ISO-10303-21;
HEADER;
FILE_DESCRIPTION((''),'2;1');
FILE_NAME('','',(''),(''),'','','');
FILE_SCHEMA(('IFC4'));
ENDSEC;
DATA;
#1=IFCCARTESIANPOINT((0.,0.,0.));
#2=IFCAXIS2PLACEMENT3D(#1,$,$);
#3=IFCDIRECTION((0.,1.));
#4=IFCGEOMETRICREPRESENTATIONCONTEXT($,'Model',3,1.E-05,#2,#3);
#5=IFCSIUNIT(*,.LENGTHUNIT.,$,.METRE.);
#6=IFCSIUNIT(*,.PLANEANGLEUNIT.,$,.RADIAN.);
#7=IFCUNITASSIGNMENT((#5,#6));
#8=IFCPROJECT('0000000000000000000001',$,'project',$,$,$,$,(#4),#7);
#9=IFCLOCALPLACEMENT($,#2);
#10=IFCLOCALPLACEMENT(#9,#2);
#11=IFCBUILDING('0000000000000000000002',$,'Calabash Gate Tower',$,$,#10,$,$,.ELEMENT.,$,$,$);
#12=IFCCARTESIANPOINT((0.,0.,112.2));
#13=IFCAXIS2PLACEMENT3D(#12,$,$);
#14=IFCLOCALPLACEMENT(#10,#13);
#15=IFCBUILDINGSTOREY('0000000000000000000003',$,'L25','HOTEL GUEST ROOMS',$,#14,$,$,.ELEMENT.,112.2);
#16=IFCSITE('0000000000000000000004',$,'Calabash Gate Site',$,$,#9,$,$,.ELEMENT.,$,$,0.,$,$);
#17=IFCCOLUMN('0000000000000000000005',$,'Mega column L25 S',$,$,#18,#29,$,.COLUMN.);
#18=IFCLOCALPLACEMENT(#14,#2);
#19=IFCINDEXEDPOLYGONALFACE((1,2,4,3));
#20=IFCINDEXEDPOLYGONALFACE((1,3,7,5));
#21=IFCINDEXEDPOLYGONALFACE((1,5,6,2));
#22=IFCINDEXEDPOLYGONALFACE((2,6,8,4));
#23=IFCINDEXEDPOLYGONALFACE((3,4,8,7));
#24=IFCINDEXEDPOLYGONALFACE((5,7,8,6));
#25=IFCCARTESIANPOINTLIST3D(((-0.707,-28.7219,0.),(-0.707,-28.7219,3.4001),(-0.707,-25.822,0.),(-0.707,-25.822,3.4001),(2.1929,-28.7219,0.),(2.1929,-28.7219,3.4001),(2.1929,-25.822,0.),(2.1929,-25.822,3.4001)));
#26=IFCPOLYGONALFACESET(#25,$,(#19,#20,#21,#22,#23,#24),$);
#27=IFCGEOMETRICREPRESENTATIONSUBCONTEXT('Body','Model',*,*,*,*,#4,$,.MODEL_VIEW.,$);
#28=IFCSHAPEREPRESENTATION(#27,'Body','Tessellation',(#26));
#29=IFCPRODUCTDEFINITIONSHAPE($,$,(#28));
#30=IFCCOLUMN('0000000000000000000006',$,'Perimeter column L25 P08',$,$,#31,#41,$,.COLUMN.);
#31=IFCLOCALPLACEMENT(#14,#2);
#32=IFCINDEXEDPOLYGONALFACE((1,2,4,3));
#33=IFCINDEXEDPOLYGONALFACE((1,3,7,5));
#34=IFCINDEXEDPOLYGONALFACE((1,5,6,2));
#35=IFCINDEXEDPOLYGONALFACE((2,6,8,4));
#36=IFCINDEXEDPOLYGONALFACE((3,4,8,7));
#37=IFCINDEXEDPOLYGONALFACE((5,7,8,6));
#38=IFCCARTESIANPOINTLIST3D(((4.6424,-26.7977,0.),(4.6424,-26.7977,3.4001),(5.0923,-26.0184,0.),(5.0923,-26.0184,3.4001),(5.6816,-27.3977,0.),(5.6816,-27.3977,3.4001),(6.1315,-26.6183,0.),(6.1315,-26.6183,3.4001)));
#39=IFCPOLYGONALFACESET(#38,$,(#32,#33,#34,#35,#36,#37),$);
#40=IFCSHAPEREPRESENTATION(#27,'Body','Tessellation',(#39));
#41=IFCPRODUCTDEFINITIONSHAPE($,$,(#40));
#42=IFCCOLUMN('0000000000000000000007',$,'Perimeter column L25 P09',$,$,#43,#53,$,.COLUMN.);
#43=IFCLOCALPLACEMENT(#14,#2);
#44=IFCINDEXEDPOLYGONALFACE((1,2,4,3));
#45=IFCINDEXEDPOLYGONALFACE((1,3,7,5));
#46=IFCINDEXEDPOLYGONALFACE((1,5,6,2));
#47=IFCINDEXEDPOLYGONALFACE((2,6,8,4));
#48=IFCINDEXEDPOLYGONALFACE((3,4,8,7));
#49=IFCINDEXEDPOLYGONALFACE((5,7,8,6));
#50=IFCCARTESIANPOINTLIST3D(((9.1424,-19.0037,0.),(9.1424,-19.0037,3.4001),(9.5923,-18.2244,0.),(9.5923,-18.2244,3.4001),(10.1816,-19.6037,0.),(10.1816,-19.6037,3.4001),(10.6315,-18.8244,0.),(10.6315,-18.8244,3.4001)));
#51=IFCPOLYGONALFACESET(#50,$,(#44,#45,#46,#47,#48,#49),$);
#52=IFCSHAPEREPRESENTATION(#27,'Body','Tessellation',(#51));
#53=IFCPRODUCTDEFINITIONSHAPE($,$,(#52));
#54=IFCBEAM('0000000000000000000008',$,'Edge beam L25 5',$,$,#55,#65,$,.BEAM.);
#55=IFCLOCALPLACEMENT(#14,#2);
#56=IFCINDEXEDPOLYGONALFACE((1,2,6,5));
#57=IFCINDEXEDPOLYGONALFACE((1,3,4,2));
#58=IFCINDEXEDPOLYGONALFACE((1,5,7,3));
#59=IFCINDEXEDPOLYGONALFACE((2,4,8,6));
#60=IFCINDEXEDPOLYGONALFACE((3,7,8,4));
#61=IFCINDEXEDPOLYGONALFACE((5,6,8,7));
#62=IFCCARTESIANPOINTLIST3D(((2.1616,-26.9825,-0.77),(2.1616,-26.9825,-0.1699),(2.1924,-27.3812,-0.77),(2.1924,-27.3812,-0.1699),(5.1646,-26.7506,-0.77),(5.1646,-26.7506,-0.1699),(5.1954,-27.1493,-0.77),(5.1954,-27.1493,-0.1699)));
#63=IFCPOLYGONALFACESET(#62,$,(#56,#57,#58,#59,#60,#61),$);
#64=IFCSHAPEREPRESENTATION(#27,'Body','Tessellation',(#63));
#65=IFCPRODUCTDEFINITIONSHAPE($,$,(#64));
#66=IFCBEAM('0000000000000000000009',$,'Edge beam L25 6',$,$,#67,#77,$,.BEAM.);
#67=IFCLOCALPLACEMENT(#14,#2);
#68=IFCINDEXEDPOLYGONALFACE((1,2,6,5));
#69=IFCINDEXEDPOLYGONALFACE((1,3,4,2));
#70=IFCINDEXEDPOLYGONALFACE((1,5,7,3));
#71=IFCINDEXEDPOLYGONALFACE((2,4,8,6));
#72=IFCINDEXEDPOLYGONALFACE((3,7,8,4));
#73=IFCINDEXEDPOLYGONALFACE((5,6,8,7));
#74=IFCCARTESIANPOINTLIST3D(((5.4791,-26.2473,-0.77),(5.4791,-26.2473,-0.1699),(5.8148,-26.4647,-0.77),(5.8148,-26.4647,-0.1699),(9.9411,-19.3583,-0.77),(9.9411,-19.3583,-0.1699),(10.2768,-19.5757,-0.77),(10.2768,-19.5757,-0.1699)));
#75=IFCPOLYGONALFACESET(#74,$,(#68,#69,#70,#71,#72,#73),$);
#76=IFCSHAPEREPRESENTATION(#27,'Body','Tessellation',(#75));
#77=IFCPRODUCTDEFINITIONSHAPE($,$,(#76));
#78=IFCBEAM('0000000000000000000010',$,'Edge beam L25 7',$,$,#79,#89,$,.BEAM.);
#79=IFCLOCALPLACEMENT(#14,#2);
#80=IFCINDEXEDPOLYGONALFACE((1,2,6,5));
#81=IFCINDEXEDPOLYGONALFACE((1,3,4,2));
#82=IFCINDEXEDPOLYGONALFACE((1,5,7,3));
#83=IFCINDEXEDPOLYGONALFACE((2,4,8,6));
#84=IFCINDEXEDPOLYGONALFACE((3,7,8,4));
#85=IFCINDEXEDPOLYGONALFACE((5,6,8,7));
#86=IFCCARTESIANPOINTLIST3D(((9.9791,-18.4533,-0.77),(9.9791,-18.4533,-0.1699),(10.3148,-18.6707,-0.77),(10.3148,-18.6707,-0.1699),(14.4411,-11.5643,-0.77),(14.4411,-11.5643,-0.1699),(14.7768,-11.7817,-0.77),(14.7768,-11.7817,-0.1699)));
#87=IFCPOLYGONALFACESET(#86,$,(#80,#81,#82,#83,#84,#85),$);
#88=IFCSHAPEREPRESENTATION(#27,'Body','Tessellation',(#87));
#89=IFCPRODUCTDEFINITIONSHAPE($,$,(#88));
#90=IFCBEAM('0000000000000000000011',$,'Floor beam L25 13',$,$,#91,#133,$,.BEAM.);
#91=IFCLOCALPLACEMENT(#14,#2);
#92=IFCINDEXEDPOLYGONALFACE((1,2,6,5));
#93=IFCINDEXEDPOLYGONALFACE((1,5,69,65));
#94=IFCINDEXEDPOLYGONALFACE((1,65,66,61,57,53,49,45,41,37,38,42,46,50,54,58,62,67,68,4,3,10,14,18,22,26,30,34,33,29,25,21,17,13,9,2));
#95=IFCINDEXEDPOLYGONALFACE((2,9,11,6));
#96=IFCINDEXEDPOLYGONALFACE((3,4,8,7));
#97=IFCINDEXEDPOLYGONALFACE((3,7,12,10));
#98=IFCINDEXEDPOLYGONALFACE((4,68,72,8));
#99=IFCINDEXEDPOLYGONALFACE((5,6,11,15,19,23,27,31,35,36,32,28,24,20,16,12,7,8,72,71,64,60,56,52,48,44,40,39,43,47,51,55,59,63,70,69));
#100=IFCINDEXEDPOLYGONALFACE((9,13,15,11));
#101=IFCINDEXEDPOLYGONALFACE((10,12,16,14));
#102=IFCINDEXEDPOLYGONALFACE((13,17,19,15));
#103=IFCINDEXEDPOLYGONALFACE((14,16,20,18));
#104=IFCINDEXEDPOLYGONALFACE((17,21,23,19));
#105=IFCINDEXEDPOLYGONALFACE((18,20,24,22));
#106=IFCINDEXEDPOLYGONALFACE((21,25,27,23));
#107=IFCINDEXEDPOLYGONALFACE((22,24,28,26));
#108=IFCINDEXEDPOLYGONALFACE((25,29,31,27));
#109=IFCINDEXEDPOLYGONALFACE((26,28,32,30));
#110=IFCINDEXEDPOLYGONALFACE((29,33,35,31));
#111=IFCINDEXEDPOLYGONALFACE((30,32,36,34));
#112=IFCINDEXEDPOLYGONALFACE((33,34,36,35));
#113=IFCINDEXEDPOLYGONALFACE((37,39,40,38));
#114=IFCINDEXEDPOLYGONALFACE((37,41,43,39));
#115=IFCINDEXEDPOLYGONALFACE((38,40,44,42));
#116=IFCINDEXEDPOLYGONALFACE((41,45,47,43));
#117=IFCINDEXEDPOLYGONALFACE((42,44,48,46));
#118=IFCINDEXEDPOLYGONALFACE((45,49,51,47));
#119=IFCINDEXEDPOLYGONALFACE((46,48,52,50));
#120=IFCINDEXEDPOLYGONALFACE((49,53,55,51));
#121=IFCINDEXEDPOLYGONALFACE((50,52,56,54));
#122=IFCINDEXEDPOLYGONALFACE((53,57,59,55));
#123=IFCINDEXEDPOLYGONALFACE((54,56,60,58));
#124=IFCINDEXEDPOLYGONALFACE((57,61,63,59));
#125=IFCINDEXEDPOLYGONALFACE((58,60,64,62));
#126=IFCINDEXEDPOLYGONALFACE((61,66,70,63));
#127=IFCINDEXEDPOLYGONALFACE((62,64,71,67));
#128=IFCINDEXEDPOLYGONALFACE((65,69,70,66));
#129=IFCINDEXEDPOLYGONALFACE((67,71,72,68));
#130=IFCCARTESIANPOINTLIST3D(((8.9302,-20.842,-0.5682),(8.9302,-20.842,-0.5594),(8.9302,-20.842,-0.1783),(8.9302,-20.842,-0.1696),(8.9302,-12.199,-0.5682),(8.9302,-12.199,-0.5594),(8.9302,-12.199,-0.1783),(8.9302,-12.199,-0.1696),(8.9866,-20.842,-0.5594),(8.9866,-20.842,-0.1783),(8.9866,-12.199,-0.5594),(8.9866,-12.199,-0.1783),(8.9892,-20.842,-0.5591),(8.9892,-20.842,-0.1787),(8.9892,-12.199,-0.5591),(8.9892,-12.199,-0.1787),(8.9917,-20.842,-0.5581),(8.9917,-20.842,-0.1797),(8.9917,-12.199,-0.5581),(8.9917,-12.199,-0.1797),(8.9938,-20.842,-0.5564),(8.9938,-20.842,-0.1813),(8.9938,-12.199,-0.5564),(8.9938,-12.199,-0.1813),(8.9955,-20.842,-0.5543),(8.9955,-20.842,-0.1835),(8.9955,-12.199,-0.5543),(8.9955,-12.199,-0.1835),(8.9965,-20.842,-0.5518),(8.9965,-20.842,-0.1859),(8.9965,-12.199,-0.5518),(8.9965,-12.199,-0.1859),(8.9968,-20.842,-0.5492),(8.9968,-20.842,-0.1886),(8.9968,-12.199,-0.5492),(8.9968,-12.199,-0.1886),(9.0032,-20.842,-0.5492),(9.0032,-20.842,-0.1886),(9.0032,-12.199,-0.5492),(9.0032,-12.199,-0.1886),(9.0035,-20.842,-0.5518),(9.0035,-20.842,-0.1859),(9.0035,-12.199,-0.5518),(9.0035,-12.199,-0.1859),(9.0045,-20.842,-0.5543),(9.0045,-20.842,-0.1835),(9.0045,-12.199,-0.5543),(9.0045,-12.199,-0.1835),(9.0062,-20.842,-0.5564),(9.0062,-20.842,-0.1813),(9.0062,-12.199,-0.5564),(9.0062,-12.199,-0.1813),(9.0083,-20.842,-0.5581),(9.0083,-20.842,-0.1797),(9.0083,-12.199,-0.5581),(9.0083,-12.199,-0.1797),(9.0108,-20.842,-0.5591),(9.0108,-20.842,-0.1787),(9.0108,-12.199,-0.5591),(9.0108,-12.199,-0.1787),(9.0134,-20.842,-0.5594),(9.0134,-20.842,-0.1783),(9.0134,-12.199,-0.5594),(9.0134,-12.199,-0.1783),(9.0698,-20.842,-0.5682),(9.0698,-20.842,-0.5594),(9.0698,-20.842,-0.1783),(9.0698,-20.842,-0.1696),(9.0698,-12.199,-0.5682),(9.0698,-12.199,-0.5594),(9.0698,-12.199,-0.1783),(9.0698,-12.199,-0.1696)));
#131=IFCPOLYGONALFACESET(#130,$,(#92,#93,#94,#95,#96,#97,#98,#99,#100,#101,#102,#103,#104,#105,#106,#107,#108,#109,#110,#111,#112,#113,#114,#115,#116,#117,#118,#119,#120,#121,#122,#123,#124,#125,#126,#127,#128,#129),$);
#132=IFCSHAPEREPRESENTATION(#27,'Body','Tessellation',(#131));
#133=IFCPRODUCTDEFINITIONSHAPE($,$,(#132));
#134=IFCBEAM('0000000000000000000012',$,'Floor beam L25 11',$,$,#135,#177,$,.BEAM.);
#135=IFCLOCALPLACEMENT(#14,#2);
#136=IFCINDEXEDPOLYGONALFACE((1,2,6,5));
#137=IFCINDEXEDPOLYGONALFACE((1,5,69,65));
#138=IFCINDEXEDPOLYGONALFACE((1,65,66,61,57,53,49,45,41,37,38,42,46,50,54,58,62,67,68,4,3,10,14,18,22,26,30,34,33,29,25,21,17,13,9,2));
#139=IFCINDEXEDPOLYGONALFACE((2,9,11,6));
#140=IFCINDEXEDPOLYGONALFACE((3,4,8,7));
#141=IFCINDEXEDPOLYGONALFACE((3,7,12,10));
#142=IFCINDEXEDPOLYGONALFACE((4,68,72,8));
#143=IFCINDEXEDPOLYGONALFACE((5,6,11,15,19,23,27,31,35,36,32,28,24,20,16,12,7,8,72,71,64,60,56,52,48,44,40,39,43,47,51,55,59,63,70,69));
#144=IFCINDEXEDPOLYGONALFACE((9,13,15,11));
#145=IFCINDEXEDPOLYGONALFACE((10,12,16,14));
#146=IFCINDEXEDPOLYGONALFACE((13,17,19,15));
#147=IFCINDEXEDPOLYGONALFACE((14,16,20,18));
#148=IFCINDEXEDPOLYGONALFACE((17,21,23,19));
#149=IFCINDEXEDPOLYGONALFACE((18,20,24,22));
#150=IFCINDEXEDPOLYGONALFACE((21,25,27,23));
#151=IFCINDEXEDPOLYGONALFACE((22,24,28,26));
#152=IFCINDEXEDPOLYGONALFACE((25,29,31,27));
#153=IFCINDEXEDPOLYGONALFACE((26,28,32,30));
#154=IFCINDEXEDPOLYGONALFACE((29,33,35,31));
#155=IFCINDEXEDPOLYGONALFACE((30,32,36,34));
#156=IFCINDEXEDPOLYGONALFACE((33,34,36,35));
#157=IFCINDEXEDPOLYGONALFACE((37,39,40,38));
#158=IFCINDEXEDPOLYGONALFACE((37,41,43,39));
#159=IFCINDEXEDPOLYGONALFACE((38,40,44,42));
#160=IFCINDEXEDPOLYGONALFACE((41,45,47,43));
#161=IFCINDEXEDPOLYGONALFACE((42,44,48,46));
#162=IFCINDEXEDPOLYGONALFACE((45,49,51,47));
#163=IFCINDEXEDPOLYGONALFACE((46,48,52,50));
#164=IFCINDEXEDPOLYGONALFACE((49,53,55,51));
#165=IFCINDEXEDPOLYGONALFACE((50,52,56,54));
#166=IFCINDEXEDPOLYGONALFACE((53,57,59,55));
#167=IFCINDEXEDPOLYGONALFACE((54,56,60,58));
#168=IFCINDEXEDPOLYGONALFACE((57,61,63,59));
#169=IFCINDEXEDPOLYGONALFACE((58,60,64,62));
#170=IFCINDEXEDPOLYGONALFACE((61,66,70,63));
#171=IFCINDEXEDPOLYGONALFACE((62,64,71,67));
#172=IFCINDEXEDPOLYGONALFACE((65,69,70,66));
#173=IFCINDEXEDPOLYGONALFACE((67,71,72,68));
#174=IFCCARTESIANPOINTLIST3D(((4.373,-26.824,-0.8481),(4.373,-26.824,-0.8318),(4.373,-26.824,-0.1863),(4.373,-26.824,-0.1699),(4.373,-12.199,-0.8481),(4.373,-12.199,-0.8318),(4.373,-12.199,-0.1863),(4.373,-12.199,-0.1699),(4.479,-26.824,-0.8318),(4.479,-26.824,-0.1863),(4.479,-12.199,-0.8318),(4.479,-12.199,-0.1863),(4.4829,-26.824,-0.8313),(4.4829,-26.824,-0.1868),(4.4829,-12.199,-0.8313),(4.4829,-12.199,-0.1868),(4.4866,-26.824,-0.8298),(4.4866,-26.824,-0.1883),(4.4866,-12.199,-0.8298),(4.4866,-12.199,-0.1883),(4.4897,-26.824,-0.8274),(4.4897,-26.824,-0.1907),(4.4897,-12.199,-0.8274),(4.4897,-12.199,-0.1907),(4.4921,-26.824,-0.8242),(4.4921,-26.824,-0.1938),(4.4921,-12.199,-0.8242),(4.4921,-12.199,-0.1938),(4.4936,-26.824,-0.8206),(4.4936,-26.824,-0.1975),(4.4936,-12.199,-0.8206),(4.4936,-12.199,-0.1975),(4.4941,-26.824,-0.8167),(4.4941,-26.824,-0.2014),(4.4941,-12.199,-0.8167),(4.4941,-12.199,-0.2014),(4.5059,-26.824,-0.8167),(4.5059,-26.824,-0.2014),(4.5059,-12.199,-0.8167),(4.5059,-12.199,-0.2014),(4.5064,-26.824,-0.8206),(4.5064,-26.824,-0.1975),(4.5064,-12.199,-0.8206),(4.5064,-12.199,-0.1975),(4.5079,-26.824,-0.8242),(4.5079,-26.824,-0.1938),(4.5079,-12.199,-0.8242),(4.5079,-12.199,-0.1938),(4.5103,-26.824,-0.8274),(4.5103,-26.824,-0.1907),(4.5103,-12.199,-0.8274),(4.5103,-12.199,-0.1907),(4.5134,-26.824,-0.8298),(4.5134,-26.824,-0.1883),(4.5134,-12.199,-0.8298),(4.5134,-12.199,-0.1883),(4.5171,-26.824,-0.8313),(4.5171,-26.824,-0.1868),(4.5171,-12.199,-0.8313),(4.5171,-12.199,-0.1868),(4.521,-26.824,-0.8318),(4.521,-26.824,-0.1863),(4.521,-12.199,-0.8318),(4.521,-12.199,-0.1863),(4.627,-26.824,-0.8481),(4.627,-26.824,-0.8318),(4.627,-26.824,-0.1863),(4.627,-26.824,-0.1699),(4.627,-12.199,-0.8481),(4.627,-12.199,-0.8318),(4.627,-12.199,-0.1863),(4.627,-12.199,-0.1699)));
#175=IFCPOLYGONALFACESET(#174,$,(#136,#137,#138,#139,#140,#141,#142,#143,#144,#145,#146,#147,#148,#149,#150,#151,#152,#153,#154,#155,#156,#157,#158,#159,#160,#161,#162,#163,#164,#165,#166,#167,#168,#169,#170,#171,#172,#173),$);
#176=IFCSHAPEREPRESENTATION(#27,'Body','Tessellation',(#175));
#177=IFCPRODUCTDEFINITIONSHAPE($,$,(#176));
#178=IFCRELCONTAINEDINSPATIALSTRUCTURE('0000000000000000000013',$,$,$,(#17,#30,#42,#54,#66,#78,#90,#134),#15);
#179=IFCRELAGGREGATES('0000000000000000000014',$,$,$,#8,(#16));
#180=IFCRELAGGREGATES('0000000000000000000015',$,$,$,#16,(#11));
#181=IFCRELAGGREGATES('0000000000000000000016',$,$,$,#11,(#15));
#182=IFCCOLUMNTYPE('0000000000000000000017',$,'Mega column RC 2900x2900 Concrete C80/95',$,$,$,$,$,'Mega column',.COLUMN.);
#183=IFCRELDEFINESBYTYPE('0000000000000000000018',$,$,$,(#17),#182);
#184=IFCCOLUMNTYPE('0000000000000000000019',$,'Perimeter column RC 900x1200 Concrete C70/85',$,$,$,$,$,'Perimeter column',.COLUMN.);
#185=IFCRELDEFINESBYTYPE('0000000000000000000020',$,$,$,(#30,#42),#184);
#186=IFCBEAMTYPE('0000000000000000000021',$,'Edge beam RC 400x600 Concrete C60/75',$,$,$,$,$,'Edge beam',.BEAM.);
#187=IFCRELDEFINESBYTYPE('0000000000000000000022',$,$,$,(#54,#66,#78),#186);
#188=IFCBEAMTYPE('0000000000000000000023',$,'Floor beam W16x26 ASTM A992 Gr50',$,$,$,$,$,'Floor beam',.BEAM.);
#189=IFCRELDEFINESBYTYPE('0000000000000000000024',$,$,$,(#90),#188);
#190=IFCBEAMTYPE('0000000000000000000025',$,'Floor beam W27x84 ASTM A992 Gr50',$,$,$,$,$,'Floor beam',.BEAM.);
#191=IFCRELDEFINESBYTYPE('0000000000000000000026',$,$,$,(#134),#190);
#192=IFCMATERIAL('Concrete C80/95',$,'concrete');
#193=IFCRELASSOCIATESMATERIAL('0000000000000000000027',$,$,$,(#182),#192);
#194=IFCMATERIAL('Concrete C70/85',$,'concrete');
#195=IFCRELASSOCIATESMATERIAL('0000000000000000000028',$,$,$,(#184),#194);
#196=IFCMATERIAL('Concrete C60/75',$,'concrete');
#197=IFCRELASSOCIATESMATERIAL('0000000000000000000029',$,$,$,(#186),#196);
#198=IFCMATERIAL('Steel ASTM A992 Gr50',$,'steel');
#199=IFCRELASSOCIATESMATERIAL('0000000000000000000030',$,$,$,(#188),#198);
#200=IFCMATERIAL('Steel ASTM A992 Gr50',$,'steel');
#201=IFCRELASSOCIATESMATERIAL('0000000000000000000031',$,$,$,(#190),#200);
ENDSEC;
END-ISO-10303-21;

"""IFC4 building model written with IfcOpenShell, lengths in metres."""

from ifc_helpers import new_model, si_unit, direction, frame, origin, origin_2d, place, context, subcontext, project, spatial, rectangle, i_section, extrude, material, material_profile, profile_set, type_object, element, save


model = new_model("IFC4")

# Units and contexts
model_context = context("Model", 3, precision=1e-05, world=origin(), true_north=direction((0.0, 1.0)))
body_context = subcontext(model_context, "Body", "Model", "MODEL_VIEW")
ifc_project = project(units=[si_unit("LENGTHUNIT", "METRE"), si_unit("PLANEANGLEUNIT", "RADIAN")], contexts=[model_context])

# Site, building, storey
site_placement = place(None, origin())
site = spatial("IfcSite", under=ifc_project, at=site_placement, Name="Calabash Gate Site", CompositionType="ELEMENT", RefElevation=0.0)
building_placement = place(site_placement, origin())
building = spatial("IfcBuilding", under=site, at=building_placement, Name="Calabash Gate Tower", CompositionType="ELEMENT")
storey_placement = place(building_placement, frame((0.0, 0.0, 112.2)))
storey = spatial("IfcBuildingStorey", under=building, at=storey_placement, Name="L25", Description="HOTEL GUEST ROOMS", CompositionType="ELEMENT", Elevation=112.2)

# Columns
ifc_material_1 = material(Name="Concrete C80/95", Category="concrete")
ifc_material_profile_1 = material_profile(ifc_material_1, rectangle(XDim=2.8999, YDim=2.8999, at=origin_2d()))
ifc_profile_set_1 = profile_set([ifc_material_profile_1], Name="Concrete C80/95")
column_type_1 = type_object("IfcColumnType", Name="Mega column RC 2900x2900 Concrete C80/95", ElementType="Mega column", PredefinedType="COLUMN", material=ifc_profile_set_1)
column_placement = place(storey_placement, frame((0.7429, -27.272, 0.0), z_axis=(0.0, 0.0, 1.0), x_axis=(0.0, 1.0, 0.0)))
element("IfcColumn", 1, at=column_placement, inside=storey, type_object=column_type_1, Name="Mega column L25 S", PredefinedType="COLUMN", context=body_context, shape_type="SweptSolid", body=[
    extrude(rectangle(XDim=2.8999, YDim=2.8999, at=origin_2d()), origin(), (0.0, 0.0, 1.0), 3.4001),
])
ifc_material_2 = material(Name="Concrete C70/85", Category="concrete")
ifc_material_profile_2 = material_profile(ifc_material_2, rectangle(XDim=0.8999, YDim=1.2, at=origin_2d()))
ifc_profile_set_2 = profile_set([ifc_material_profile_2], Name="Concrete C70/85")
column_type_2 = type_object("IfcColumnType", Name="Perimeter column RC 900x1200 Concrete C70/85", ElementType="Perimeter column", PredefinedType="COLUMN", material=ifc_profile_set_2)
for number, where, z_axis, x_axis, name in (
    (2, (5.387, -26.708, 0.0), (0.0, 0.0, 1.0), (0.5, 0.866025, 0.0), "Perimeter column L25 P08"),
    (3, (9.887, -18.9141, 0.0), (0.0, 0.0, 1.0), (0.5, 0.866025, 0.0), "Perimeter column L25 P09"),
):
    element("IfcColumn", number, at=place(storey_placement, frame(where, z_axis=z_axis, x_axis=x_axis)), inside=storey, type_object=column_type_2, Name=name, PredefinedType="COLUMN", context=body_context, shape_type="SweptSolid", body=[
        extrude(rectangle(XDim=0.8999, YDim=1.2, at=origin_2d()), origin(), (0.0, 0.0, 1.0), 3.4001),
    ])

# Beams
ifc_material_3 = material(Name="Concrete C60/75", Category="concrete")
ifc_material_profile_3 = material_profile(ifc_material_3, rectangle(XDim=0.3999, YDim=0.6001, at=origin_2d()))
ifc_profile_set_3 = profile_set([ifc_material_profile_3], Name="Concrete C60/75")
beam_type_1 = type_object("IfcBeamType", Name="Edge beam RC 400x600 Concrete C60/75", ElementType="Edge beam", PredefinedType="BEAM", material=ifc_profile_set_3)
beam_1_placement = place(storey_placement, frame((2.177, -27.1819, -0.47), z_axis=(0.997031, 0.077006, 0.0), x_axis=(-0.077006, 0.997031, 0.0)))
element("IfcBeam", 4, at=beam_1_placement, inside=storey, type_object=beam_type_1, Name="Edge beam L25 5", PredefinedType="BEAM", context=body_context, shape_type="SweptSolid", body=[
    extrude(rectangle(XDim=0.3999, YDim=0.6001, at=origin_2d()), origin(), (0.0, 0.0, 1.0), 3.012),
])
for number, where, z_axis, x_axis, name in (
    (5, (5.647, -26.356, -0.47), (0.543627, 0.839327, 0.0), (-0.839327, 0.543627, 0.0), "Edge beam L25 6"),
    (6, (10.147, -18.562, -0.47), (0.543627, 0.839327, 0.0), (-0.839327, 0.543627, 0.0), "Edge beam L25 7"),
):
    element("IfcBeam", number, at=place(storey_placement, frame(where, z_axis=z_axis, x_axis=x_axis)), inside=storey, type_object=beam_type_1, Name=name, PredefinedType="BEAM", context=body_context, shape_type="SweptSolid", body=[
        extrude(rectangle(XDim=0.3999, YDim=0.6001, at=origin_2d()), origin(), (0.0, 0.0, 1.0), 8.2078),
    ])
ifc_material_4 = material(Name="Steel ASTM A992 Gr50", Category="steel")
ifc_material_profile_4 = material_profile(ifc_material_4, i_section(OverallWidth=0.1396, OverallDepth=0.3987, WebThickness=0.0063, FlangeThickness=0.0088, FilletRadius=0.0103, at=origin_2d()))
ifc_profile_set_4 = profile_set([ifc_material_profile_4], Name="Steel ASTM A992 Gr50")
beam_type_2 = type_object("IfcBeamType", Name="Floor beam W16x26 ASTM A992 Gr50", ElementType="Floor beam", PredefinedType="BEAM", material=ifc_profile_set_4)
beam_2_placement = place(storey_placement, frame((9.0, -20.842, -0.3689), z_axis=(0.0, 1.0, 0.0), x_axis=(-1.0, 0.0, 0.0)))
element("IfcBeam", 7, at=beam_2_placement, inside=storey, type_object=beam_type_2, Name="Floor beam L25 13", PredefinedType="BEAM", context=body_context, shape_type="SweptSolid", body=[
    extrude(i_section(OverallWidth=0.1396, OverallDepth=0.3987, WebThickness=0.0063, FlangeThickness=0.0088, FilletRadius=0.0103, at=origin_2d()), origin(), (0.0, 0.0, 1.0), 8.6431),
])
ifc_material_5 = material(Name="Steel ASTM A992 Gr50", Category="steel")
ifc_material_profile_5 = material_profile(ifc_material_5, i_section(OverallWidth=0.2539, OverallDepth=0.6782, WebThickness=0.0117, FlangeThickness=0.0164, FilletRadius=0.0151, at=origin_2d()))
ifc_profile_set_5 = profile_set([ifc_material_profile_5], Name="Steel ASTM A992 Gr50")
beam_type_3 = type_object("IfcBeamType", Name="Floor beam W27x84 ASTM A992 Gr50", ElementType="Floor beam", PredefinedType="BEAM", material=ifc_profile_set_5)
beam_3_placement = place(storey_placement, frame((4.5, -26.824, -0.509), z_axis=(0.0, 1.0, 0.0), x_axis=(-1.0, 0.0, 0.0)))
element("IfcBeam", 8, at=beam_3_placement, inside=storey, type_object=beam_type_3, Name="Floor beam L25 11", PredefinedType="BEAM", context=body_context, shape_type="SweptSolid", body=[
    extrude(i_section(OverallWidth=0.2539, OverallDepth=0.6782, WebThickness=0.0117, FlangeThickness=0.0164, FilletRadius=0.0151, at=origin_2d()), origin(), (0.0, 0.0, 1.0), 14.625),
])

save(model, "model.ifc")
